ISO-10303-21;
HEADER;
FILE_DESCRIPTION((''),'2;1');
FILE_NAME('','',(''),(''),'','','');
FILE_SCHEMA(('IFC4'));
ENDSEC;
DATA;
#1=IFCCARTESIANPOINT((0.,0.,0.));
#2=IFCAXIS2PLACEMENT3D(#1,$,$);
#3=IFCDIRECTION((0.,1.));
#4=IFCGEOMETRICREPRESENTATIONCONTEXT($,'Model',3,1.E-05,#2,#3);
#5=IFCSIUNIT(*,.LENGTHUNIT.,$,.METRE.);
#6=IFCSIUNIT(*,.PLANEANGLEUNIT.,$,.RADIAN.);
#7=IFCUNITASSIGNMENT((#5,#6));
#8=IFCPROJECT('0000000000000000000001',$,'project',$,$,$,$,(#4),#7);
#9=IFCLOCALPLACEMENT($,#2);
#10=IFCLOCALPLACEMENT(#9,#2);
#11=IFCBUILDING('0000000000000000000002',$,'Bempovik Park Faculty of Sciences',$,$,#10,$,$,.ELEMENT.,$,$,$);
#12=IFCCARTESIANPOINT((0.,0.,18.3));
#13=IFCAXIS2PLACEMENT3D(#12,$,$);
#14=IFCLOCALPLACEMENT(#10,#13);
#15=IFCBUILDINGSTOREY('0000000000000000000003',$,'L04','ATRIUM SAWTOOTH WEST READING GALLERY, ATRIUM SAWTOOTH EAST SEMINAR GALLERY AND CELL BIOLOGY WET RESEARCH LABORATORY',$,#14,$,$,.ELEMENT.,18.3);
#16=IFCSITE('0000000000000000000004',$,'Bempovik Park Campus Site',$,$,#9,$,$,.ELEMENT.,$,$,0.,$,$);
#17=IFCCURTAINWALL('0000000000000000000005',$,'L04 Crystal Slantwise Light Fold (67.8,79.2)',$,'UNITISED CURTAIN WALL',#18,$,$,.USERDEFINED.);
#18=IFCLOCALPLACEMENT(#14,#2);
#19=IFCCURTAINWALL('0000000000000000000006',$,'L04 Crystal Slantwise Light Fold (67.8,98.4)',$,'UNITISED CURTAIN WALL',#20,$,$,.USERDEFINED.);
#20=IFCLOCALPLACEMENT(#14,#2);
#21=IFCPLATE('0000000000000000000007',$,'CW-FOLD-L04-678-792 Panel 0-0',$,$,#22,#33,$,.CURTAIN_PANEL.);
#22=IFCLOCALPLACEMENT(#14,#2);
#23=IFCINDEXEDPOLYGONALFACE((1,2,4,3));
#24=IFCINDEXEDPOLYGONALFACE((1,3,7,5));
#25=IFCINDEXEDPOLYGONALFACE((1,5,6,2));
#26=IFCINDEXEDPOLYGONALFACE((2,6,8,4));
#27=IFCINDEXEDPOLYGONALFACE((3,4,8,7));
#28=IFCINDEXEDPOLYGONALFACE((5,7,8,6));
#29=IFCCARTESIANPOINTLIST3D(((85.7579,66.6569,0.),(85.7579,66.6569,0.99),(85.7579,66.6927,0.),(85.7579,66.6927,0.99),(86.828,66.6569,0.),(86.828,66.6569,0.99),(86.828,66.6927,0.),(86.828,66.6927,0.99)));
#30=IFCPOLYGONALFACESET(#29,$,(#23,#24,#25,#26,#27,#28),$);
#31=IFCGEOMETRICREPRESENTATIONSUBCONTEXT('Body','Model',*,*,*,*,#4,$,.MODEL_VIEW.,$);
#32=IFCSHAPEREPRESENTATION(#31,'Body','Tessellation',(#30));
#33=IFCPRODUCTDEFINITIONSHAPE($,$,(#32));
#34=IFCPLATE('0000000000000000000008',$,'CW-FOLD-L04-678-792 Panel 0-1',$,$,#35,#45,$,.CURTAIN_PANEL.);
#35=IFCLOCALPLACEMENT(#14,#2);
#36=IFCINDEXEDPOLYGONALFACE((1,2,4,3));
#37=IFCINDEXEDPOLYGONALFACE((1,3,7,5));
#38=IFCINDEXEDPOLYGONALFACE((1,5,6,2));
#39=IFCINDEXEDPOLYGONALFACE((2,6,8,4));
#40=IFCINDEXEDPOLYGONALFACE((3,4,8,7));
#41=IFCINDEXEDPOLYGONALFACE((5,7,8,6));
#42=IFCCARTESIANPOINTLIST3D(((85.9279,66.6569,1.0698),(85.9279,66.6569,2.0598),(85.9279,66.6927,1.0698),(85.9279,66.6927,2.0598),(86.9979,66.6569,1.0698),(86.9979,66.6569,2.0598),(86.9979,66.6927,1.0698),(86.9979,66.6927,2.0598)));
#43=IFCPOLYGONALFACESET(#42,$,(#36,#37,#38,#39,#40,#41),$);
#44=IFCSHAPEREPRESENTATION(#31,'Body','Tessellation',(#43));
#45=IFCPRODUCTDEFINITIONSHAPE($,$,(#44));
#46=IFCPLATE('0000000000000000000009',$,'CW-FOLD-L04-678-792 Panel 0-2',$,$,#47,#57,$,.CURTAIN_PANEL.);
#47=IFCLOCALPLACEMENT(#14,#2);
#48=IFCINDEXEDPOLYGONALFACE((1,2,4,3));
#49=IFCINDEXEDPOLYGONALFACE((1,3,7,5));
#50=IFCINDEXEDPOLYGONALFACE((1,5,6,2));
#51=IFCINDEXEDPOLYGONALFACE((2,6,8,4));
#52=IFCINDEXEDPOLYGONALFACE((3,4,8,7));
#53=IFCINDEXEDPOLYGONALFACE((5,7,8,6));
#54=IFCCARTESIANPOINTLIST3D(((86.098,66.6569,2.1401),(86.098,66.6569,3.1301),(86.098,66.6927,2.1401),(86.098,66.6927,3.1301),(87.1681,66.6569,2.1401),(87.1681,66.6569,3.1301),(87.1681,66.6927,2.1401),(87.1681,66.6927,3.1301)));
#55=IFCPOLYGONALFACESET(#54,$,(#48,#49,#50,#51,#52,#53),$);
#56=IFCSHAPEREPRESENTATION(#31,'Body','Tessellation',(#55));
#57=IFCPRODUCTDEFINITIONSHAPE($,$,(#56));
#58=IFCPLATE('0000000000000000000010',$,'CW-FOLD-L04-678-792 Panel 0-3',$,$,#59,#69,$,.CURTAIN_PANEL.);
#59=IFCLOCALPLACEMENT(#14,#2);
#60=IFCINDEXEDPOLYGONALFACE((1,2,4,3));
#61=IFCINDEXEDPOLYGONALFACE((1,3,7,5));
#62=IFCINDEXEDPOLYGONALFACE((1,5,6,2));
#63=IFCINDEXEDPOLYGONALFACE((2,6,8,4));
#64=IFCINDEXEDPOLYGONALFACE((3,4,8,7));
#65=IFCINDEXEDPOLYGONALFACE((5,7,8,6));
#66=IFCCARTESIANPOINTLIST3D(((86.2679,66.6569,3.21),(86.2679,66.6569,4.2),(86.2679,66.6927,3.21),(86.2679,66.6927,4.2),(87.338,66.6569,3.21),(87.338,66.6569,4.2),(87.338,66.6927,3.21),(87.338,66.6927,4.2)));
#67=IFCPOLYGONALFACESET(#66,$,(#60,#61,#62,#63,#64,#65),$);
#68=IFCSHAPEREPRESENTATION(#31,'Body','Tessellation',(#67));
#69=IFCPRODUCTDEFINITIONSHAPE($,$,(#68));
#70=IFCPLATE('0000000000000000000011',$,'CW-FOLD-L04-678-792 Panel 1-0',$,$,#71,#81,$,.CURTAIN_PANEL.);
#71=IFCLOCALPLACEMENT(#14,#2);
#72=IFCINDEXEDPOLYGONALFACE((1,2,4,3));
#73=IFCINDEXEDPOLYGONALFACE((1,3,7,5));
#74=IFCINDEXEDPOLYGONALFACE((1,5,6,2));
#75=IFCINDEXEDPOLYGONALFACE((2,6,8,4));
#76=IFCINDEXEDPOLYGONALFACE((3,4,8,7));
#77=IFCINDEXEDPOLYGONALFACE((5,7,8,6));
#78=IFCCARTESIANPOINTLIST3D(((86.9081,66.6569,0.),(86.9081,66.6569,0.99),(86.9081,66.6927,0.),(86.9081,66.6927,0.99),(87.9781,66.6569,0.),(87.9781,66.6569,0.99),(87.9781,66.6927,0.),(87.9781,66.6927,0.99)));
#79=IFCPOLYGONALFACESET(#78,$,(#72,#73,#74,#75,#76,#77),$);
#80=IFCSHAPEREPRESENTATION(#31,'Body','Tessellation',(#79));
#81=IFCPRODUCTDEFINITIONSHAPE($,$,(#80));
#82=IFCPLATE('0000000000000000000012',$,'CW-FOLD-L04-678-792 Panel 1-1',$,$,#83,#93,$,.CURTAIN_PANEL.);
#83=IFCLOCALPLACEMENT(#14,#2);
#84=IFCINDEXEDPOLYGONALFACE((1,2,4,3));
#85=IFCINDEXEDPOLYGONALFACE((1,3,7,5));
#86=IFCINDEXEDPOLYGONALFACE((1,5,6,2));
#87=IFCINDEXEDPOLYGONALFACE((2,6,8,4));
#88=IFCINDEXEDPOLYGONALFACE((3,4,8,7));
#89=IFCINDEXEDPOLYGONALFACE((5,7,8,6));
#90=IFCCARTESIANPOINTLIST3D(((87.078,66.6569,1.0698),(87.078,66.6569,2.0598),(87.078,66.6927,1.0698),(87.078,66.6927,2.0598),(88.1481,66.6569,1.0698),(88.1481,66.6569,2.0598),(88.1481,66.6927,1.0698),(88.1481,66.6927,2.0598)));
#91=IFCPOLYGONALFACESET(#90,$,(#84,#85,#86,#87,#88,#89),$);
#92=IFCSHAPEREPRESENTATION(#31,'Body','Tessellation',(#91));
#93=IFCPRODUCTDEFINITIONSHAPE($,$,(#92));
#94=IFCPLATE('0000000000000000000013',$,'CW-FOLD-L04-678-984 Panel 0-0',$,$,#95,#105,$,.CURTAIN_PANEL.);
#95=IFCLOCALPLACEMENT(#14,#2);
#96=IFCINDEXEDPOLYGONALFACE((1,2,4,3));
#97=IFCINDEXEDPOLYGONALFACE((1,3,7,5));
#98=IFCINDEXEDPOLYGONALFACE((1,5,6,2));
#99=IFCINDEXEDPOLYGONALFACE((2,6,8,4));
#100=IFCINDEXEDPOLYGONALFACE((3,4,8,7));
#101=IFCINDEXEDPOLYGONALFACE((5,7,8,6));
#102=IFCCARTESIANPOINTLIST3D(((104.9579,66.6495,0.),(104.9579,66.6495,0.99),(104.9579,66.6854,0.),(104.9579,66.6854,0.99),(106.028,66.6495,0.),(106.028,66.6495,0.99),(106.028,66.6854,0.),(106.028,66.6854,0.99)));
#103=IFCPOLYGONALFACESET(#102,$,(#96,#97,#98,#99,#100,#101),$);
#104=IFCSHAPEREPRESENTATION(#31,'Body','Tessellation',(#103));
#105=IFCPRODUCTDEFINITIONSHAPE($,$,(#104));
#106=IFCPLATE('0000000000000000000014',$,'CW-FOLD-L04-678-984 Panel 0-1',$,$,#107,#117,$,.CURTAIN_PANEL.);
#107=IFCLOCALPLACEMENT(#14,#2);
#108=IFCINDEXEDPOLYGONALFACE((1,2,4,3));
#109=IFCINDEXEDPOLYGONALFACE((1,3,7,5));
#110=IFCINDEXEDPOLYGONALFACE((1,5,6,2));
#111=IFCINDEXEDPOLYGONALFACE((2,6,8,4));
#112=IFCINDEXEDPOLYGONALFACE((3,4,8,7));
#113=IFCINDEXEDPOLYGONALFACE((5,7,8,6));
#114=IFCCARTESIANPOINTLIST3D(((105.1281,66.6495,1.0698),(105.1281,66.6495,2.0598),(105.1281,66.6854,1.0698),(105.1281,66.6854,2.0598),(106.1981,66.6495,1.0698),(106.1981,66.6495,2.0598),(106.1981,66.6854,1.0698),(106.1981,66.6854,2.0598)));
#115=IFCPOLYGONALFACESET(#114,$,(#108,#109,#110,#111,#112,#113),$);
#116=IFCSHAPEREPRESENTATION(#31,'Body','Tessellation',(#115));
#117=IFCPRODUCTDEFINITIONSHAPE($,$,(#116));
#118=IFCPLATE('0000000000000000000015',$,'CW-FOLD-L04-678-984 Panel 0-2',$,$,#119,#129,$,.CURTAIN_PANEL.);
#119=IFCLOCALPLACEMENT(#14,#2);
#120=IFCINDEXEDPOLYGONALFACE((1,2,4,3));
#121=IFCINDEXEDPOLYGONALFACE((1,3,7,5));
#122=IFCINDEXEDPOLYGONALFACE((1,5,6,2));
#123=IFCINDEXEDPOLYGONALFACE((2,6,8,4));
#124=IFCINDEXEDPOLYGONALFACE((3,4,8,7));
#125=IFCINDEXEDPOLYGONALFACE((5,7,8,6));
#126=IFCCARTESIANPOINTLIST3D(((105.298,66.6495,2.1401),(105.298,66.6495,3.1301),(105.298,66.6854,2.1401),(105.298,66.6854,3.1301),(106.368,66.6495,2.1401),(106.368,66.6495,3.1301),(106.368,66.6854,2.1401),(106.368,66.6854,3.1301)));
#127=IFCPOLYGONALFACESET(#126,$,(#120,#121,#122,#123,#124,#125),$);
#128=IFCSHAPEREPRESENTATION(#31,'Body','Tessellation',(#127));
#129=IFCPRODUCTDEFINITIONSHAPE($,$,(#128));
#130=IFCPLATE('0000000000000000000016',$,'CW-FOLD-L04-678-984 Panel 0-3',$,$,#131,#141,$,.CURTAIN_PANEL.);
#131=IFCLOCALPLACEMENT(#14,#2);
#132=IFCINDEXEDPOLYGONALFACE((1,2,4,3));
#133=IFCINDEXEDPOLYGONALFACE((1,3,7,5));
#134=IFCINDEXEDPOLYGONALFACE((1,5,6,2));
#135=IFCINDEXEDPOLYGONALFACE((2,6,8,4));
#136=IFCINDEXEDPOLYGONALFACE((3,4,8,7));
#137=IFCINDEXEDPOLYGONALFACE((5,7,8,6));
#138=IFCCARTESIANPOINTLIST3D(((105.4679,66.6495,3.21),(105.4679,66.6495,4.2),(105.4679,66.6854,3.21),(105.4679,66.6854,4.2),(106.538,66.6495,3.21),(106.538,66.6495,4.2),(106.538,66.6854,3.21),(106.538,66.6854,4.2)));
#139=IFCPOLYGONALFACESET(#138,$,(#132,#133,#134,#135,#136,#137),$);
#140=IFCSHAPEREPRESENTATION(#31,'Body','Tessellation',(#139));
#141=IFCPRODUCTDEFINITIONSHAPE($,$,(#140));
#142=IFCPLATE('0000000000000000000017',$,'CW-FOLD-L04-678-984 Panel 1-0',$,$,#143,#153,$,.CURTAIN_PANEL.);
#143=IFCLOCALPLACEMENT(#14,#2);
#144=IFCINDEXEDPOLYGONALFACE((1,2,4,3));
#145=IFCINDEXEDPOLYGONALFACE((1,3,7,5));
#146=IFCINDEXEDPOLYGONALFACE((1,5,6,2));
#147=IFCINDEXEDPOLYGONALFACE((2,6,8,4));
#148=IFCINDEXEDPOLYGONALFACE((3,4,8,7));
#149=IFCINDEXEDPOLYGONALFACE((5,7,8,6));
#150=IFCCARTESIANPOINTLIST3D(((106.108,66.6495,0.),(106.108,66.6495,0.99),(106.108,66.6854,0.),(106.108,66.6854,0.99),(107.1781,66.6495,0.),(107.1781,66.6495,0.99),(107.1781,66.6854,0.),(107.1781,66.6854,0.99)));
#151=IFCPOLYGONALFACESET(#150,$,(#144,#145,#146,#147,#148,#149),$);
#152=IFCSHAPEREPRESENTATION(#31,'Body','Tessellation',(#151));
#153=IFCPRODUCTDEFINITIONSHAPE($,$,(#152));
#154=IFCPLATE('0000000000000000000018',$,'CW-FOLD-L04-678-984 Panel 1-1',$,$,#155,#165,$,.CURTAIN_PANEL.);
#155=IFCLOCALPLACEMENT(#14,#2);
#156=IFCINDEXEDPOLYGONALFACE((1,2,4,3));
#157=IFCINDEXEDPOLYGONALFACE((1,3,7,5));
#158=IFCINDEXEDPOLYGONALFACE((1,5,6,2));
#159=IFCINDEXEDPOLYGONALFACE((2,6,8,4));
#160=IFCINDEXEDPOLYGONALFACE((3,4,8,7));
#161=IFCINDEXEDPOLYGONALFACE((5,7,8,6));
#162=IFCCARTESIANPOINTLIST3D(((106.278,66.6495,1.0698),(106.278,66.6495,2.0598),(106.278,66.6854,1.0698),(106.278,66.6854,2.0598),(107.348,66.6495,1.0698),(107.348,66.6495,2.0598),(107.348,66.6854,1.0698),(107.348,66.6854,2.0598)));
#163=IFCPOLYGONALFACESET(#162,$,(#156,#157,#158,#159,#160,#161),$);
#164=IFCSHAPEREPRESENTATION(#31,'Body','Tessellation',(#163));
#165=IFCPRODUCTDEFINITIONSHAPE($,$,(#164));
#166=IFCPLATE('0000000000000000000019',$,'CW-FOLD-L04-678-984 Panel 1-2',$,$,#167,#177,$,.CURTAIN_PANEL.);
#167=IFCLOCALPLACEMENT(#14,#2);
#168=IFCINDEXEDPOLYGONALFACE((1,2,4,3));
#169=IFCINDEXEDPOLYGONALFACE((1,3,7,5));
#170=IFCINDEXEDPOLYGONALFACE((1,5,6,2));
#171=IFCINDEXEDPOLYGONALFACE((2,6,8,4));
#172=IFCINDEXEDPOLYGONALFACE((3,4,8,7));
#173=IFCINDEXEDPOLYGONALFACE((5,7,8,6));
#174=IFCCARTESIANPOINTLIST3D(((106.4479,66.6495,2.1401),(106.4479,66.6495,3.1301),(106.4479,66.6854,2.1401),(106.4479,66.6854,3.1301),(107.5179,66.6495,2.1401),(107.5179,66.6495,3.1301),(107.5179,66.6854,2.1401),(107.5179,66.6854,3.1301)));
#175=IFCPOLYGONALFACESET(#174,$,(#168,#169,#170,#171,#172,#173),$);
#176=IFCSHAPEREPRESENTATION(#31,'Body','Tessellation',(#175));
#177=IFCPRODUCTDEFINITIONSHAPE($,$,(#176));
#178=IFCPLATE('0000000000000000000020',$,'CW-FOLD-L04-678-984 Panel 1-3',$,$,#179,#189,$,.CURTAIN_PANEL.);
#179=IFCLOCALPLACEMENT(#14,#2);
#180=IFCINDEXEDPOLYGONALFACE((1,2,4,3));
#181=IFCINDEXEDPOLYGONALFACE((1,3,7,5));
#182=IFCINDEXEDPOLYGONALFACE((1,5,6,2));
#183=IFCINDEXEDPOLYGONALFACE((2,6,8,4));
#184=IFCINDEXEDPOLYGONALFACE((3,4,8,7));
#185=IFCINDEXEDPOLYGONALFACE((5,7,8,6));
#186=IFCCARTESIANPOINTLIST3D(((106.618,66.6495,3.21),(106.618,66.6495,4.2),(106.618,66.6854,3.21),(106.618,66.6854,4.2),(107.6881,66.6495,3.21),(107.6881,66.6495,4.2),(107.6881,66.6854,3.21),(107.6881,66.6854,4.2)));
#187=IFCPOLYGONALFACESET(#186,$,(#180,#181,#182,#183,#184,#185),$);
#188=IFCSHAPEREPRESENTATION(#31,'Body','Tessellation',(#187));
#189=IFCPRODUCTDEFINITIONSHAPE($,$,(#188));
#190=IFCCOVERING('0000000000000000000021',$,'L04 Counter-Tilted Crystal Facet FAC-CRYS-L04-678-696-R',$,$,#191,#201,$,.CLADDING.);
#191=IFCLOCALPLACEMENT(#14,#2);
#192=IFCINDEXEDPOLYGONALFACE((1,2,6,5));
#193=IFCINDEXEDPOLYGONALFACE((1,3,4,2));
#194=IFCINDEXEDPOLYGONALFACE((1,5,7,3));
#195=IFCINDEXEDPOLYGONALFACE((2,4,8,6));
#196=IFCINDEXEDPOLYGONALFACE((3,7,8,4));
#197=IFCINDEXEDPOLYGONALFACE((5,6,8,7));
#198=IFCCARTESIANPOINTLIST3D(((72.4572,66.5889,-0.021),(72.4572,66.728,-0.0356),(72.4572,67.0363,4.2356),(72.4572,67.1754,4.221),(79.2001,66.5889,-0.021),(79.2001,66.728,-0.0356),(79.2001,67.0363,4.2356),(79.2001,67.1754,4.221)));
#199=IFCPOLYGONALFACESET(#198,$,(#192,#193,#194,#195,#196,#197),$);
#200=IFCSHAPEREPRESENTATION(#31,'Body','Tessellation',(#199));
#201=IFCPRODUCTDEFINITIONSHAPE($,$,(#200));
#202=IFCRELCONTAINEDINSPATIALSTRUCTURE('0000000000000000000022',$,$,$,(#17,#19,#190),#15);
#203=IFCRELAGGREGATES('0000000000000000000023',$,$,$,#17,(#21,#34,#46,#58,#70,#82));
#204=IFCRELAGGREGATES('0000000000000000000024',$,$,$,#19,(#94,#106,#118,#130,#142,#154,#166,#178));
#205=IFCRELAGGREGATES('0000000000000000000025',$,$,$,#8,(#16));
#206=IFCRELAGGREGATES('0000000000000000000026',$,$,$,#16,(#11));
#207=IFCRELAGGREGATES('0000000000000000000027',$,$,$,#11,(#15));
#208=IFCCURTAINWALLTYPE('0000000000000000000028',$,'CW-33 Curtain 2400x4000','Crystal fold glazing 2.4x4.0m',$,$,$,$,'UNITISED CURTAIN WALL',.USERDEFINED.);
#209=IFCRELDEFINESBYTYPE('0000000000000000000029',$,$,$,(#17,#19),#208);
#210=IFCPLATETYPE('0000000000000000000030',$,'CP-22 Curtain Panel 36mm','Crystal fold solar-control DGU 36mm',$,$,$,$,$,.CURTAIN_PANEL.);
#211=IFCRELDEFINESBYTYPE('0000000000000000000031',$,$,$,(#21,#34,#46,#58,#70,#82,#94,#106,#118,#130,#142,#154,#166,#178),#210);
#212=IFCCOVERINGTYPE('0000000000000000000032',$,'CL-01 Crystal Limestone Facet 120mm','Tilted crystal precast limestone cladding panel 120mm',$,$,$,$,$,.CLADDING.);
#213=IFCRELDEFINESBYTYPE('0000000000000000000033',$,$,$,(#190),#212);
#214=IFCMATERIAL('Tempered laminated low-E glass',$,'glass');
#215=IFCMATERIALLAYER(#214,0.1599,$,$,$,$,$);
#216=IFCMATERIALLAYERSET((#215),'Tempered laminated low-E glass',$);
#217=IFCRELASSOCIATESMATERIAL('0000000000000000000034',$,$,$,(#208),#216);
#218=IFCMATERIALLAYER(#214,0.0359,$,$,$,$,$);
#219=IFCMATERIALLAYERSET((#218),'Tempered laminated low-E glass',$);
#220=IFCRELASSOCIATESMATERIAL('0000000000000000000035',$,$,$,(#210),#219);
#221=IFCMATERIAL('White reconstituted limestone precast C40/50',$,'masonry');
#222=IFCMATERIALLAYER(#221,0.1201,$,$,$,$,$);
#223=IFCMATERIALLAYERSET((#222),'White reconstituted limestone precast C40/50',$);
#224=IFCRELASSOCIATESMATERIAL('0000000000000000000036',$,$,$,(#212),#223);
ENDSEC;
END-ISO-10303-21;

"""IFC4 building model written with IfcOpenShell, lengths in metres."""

from ifc_helpers import new_model, si_unit, direction, frame, origin, origin_2d, place, context, subcontext, project, spatial, rectangle, extrude, material, layer, layer_set, type_object, element, aggregate, save


model = new_model("IFC4")

# Units and contexts
model_context = context("Model", 3, precision=1e-05, world=origin(), true_north=direction((0.0, 1.0)))
body_context = subcontext(model_context, "Body", "Model", "MODEL_VIEW")
ifc_project = project(units=[si_unit("LENGTHUNIT", "METRE"), si_unit("PLANEANGLEUNIT", "RADIAN")], contexts=[model_context])

# Site, building, storey
site_placement = place(None, origin())
site = spatial("IfcSite", under=ifc_project, at=site_placement, Name="Bempovik Park Campus Site", CompositionType="ELEMENT", RefElevation=0.0)
building_placement = place(site_placement, origin())
building = spatial("IfcBuilding", under=site, at=building_placement, Name="Bempovik Park Faculty of Sciences", CompositionType="ELEMENT")
storey_placement = place(building_placement, frame((0.0, 0.0, 18.3)))
storey = spatial("IfcBuildingStorey", under=building, at=storey_placement, Name="L04", Description="ATRIUM SAWTOOTH WEST READING GALLERY, ATRIUM SAWTOOTH EAST SEMINAR GALLERY AND CELL BIOLOGY WET RESEARCH LABORATORY", CompositionType="ELEMENT", Elevation=18.3)

# Curtain walls
ifc_material_1 = material(Name="Tempered laminated low-E glass", Category="glass")
ifc_layer_1 = layer(ifc_material_1, 0.1599)
ifc_layer_set_1 = layer_set([ifc_layer_1], Name="Tempered laminated low-E glass")
curtain_wall_type = type_object("IfcCurtainWallType", Name="CW-33 Curtain 2400x4000", Description="Crystal fold glazing 2.4x4.0m", ElementType="UNITISED CURTAIN WALL", PredefinedType="USERDEFINED", material=ifc_layer_set_1)
curtain_wall_1_placement = place(storey_placement, origin())
curtain_wall_1 = element("IfcCurtainWall", 1, at=curtain_wall_1_placement, inside=storey, type_object=curtain_wall_type, Name="L04 Crystal Slantwise Light Fold (67.8,79.2)", ObjectType="UNITISED CURTAIN WALL", PredefinedType="USERDEFINED")
curtain_wall_2_placement = place(storey_placement, origin())
curtain_wall_2 = element("IfcCurtainWall", 2, at=curtain_wall_2_placement, inside=storey, type_object=curtain_wall_type, Name="L04 Crystal Slantwise Light Fold (67.8,98.4)", ObjectType="UNITISED CURTAIN WALL", PredefinedType="USERDEFINED")

# Plates
ifc_layer_2 = layer(ifc_material_1, 0.0359)
ifc_layer_set_2 = layer_set([ifc_layer_2], Name="Tempered laminated low-E glass")
plate_type = type_object("IfcPlateType", Name="CP-22 Curtain Panel 36mm", Description="Crystal fold solar-control DGU 36mm", PredefinedType="CURTAIN_PANEL", material=ifc_layer_set_2)
plate_1_placement = place(storey_placement, frame((86.293, 66.6748, 0.0), z_axis=(0.0, 0.0, 1.0), x_axis=(1.0, 0.0, 0.0)))
plate_1 = element("IfcPlate", 3, at=plate_1_placement, type_object=plate_type, Name="CW-FOLD-L04-678-792 Panel 0-0", PredefinedType="CURTAIN_PANEL", context=body_context, shape_type="SweptSolid", body=[
    extrude(rectangle(XDim=1.0701, YDim=0.0359, at=origin_2d()), origin(), (0.0, 0.0, 1.0), 0.99),
])
plate_2_placement = place(storey_placement, frame((86.4629, 66.6748, 1.0698), z_axis=(0.0, 0.0, 1.0), x_axis=(1.0, 0.0, 0.0)))
plate_2 = element("IfcPlate", 4, at=plate_2_placement, type_object=plate_type, Name="CW-FOLD-L04-678-792 Panel 0-1", PredefinedType="CURTAIN_PANEL", context=body_context, shape_type="SweptSolid", body=[
    extrude(rectangle(XDim=1.0701, YDim=0.0359, at=origin_2d()), origin(), (0.0, 0.0, 1.0), 0.99),
])
plate_3_placement = place(storey_placement, frame((86.6331, 66.6748, 2.1401), z_axis=(0.0, 0.0, 1.0), x_axis=(1.0, 0.0, 0.0)))
plate_3 = element("IfcPlate", 5, at=plate_3_placement, type_object=plate_type, Name="CW-FOLD-L04-678-792 Panel 0-2", PredefinedType="CURTAIN_PANEL", context=body_context, shape_type="SweptSolid", body=[
    extrude(rectangle(XDim=1.0701, YDim=0.0359, at=origin_2d()), origin(), (0.0, 0.0, 1.0), 0.99),
])
plate_4_placement = place(storey_placement, frame((86.803, 66.6748, 3.21), z_axis=(0.0, 0.0, 1.0), x_axis=(1.0, 0.0, 0.0)))
plate_4 = element("IfcPlate", 6, at=plate_4_placement, type_object=plate_type, Name="CW-FOLD-L04-678-792 Panel 0-3", PredefinedType="CURTAIN_PANEL", context=body_context, shape_type="SweptSolid", body=[
    extrude(rectangle(XDim=1.0701, YDim=0.0359, at=origin_2d()), origin(), (0.0, 0.0, 1.0), 0.99),
])
plate_5_placement = place(storey_placement, frame((87.4431, 66.6748, 0.0), z_axis=(0.0, 0.0, 1.0), x_axis=(1.0, 0.0, 0.0)))
plate_5 = element("IfcPlate", 7, at=plate_5_placement, type_object=plate_type, Name="CW-FOLD-L04-678-792 Panel 1-0", PredefinedType="CURTAIN_PANEL", context=body_context, shape_type="SweptSolid", body=[
    extrude(rectangle(XDim=1.0701, YDim=0.0359, at=origin_2d()), origin(), (0.0, 0.0, 1.0), 0.99),
])
plate_6_placement = place(storey_placement, frame((87.613, 66.6748, 1.0698), z_axis=(0.0, 0.0, 1.0), x_axis=(1.0, 0.0, 0.0)))
plate_6 = element("IfcPlate", 8, at=plate_6_placement, type_object=plate_type, Name="CW-FOLD-L04-678-792 Panel 1-1", PredefinedType="CURTAIN_PANEL", context=body_context, shape_type="SweptSolid", body=[
    extrude(rectangle(XDim=1.0701, YDim=0.0359, at=origin_2d()), origin(), (0.0, 0.0, 1.0), 0.99),
])
aggregate(curtain_wall_1, [plate_1, plate_2, plate_3, plate_4, plate_5, plate_6])
plate_7_placement = place(storey_placement, frame((105.4929, 66.6675, 0.0), z_axis=(0.0, 0.0, 1.0), x_axis=(1.0, 0.0, 0.0)))
plate_7 = element("IfcPlate", 9, at=plate_7_placement, type_object=plate_type, Name="CW-FOLD-L04-678-984 Panel 0-0", PredefinedType="CURTAIN_PANEL", context=body_context, shape_type="SweptSolid", body=[
    extrude(rectangle(XDim=1.0701, YDim=0.0359, at=origin_2d()), origin(), (0.0, 0.0, 1.0), 0.99),
])
plate_8_placement = place(storey_placement, frame((105.6631, 66.6675, 1.0698), z_axis=(0.0, 0.0, 1.0), x_axis=(1.0, 0.0, 0.0)))
plate_8 = element("IfcPlate", 10, at=plate_8_placement, type_object=plate_type, Name="CW-FOLD-L04-678-984 Panel 0-1", PredefinedType="CURTAIN_PANEL", context=body_context, shape_type="SweptSolid", body=[
    extrude(rectangle(XDim=1.0701, YDim=0.0359, at=origin_2d()), origin(), (0.0, 0.0, 1.0), 0.99),
])
plate_9_placement = place(storey_placement, frame((105.833, 66.6675, 2.1401), z_axis=(0.0, 0.0, 1.0), x_axis=(1.0, 0.0, 0.0)))
plate_9 = element("IfcPlate", 11, at=plate_9_placement, type_object=plate_type, Name="CW-FOLD-L04-678-984 Panel 0-2", PredefinedType="CURTAIN_PANEL", context=body_context, shape_type="SweptSolid", body=[
    extrude(rectangle(XDim=1.0701, YDim=0.0359, at=origin_2d()), origin(), (0.0, 0.0, 1.0), 0.99),
])
plate_10_placement = place(storey_placement, frame((106.0029, 66.6675, 3.21), z_axis=(0.0, 0.0, 1.0), x_axis=(1.0, 0.0, 0.0)))
plate_10 = element("IfcPlate", 12, at=plate_10_placement, type_object=plate_type, Name="CW-FOLD-L04-678-984 Panel 0-3", PredefinedType="CURTAIN_PANEL", context=body_context, shape_type="SweptSolid", body=[
    extrude(rectangle(XDim=1.0701, YDim=0.0359, at=origin_2d()), origin(), (0.0, 0.0, 1.0), 0.99),
])
plate_11_placement = place(storey_placement, frame((106.6431, 66.6675, 0.0), z_axis=(0.0, 0.0, 1.0), x_axis=(1.0, 0.0, 0.0)))
plate_11 = element("IfcPlate", 13, at=plate_11_placement, type_object=plate_type, Name="CW-FOLD-L04-678-984 Panel 1-0", PredefinedType="CURTAIN_PANEL", context=body_context, shape_type="SweptSolid", body=[
    extrude(rectangle(XDim=1.0701, YDim=0.0359, at=origin_2d()), origin(), (0.0, 0.0, 1.0), 0.99),
])
plate_12_placement = place(storey_placement, frame((106.813, 66.6675, 1.0698), z_axis=(0.0, 0.0, 1.0), x_axis=(1.0, 0.0, 0.0)))
plate_12 = element("IfcPlate", 14, at=plate_12_placement, type_object=plate_type, Name="CW-FOLD-L04-678-984 Panel 1-1", PredefinedType="CURTAIN_PANEL", context=body_context, shape_type="SweptSolid", body=[
    extrude(rectangle(XDim=1.0701, YDim=0.0359, at=origin_2d()), origin(), (0.0, 0.0, 1.0), 0.99),
])
plate_13_placement = place(storey_placement, frame((106.9829, 66.6675, 2.1401), z_axis=(0.0, 0.0, 1.0), x_axis=(1.0, 0.0, 0.0)))
plate_13 = element("IfcPlate", 15, at=plate_13_placement, type_object=plate_type, Name="CW-FOLD-L04-678-984 Panel 1-2", PredefinedType="CURTAIN_PANEL", context=body_context, shape_type="SweptSolid", body=[
    extrude(rectangle(XDim=1.0701, YDim=0.0359, at=origin_2d()), origin(), (0.0, 0.0, 1.0), 0.99),
])
plate_14_placement = place(storey_placement, frame((107.1531, 66.6675, 3.21), z_axis=(0.0, 0.0, 1.0), x_axis=(1.0, 0.0, 0.0)))
plate_14 = element("IfcPlate", 16, at=plate_14_placement, type_object=plate_type, Name="CW-FOLD-L04-678-984 Panel 1-3", PredefinedType="CURTAIN_PANEL", context=body_context, shape_type="SweptSolid", body=[
    extrude(rectangle(XDim=1.0701, YDim=0.0359, at=origin_2d()), origin(), (0.0, 0.0, 1.0), 0.99),
])
aggregate(curtain_wall_2, [plate_7, plate_8, plate_9, plate_10, plate_11, plate_12, plate_13, plate_14])

# Covering
ifc_material_2 = material(Name="White reconstituted limestone precast C40/50", Category="masonry")
ifc_layer_3 = layer(ifc_material_2, 0.1201)
ifc_layer_set_3 = layer_set([ifc_layer_3], Name="White reconstituted limestone precast C40/50")
covering_type = type_object("IfcCoveringType", Name="CL-01 Crystal Limestone Facet 120mm", Description="Tilted crystal precast limestone cladding panel 120mm", PredefinedType="CLADDING", material=ifc_layer_set_3)
for number, where, z_axis, x_axis, name in (
    (17, (75.8286, 66.6584, -0.0283), (0.0, 0.104528, 0.994522), (1.0, 0.0, 0.0), "L04 Counter-Tilted Crystal Facet FAC-CRYS-L04-678-696-R"),
):
    element("IfcCovering", number, at=place(storey_placement, frame(where, z_axis=z_axis, x_axis=x_axis)), inside=storey, type_object=covering_type, Name=name, PredefinedType="CLADDING", context=body_context, shape_type="SweptSolid", body=[
        extrude(rectangle(XDim=6.7429, YDim=0.1399, at=origin_2d()), origin(), (0.0, 0.0, 1.0), 4.28),
    ])

save(model, "model.ifc")
